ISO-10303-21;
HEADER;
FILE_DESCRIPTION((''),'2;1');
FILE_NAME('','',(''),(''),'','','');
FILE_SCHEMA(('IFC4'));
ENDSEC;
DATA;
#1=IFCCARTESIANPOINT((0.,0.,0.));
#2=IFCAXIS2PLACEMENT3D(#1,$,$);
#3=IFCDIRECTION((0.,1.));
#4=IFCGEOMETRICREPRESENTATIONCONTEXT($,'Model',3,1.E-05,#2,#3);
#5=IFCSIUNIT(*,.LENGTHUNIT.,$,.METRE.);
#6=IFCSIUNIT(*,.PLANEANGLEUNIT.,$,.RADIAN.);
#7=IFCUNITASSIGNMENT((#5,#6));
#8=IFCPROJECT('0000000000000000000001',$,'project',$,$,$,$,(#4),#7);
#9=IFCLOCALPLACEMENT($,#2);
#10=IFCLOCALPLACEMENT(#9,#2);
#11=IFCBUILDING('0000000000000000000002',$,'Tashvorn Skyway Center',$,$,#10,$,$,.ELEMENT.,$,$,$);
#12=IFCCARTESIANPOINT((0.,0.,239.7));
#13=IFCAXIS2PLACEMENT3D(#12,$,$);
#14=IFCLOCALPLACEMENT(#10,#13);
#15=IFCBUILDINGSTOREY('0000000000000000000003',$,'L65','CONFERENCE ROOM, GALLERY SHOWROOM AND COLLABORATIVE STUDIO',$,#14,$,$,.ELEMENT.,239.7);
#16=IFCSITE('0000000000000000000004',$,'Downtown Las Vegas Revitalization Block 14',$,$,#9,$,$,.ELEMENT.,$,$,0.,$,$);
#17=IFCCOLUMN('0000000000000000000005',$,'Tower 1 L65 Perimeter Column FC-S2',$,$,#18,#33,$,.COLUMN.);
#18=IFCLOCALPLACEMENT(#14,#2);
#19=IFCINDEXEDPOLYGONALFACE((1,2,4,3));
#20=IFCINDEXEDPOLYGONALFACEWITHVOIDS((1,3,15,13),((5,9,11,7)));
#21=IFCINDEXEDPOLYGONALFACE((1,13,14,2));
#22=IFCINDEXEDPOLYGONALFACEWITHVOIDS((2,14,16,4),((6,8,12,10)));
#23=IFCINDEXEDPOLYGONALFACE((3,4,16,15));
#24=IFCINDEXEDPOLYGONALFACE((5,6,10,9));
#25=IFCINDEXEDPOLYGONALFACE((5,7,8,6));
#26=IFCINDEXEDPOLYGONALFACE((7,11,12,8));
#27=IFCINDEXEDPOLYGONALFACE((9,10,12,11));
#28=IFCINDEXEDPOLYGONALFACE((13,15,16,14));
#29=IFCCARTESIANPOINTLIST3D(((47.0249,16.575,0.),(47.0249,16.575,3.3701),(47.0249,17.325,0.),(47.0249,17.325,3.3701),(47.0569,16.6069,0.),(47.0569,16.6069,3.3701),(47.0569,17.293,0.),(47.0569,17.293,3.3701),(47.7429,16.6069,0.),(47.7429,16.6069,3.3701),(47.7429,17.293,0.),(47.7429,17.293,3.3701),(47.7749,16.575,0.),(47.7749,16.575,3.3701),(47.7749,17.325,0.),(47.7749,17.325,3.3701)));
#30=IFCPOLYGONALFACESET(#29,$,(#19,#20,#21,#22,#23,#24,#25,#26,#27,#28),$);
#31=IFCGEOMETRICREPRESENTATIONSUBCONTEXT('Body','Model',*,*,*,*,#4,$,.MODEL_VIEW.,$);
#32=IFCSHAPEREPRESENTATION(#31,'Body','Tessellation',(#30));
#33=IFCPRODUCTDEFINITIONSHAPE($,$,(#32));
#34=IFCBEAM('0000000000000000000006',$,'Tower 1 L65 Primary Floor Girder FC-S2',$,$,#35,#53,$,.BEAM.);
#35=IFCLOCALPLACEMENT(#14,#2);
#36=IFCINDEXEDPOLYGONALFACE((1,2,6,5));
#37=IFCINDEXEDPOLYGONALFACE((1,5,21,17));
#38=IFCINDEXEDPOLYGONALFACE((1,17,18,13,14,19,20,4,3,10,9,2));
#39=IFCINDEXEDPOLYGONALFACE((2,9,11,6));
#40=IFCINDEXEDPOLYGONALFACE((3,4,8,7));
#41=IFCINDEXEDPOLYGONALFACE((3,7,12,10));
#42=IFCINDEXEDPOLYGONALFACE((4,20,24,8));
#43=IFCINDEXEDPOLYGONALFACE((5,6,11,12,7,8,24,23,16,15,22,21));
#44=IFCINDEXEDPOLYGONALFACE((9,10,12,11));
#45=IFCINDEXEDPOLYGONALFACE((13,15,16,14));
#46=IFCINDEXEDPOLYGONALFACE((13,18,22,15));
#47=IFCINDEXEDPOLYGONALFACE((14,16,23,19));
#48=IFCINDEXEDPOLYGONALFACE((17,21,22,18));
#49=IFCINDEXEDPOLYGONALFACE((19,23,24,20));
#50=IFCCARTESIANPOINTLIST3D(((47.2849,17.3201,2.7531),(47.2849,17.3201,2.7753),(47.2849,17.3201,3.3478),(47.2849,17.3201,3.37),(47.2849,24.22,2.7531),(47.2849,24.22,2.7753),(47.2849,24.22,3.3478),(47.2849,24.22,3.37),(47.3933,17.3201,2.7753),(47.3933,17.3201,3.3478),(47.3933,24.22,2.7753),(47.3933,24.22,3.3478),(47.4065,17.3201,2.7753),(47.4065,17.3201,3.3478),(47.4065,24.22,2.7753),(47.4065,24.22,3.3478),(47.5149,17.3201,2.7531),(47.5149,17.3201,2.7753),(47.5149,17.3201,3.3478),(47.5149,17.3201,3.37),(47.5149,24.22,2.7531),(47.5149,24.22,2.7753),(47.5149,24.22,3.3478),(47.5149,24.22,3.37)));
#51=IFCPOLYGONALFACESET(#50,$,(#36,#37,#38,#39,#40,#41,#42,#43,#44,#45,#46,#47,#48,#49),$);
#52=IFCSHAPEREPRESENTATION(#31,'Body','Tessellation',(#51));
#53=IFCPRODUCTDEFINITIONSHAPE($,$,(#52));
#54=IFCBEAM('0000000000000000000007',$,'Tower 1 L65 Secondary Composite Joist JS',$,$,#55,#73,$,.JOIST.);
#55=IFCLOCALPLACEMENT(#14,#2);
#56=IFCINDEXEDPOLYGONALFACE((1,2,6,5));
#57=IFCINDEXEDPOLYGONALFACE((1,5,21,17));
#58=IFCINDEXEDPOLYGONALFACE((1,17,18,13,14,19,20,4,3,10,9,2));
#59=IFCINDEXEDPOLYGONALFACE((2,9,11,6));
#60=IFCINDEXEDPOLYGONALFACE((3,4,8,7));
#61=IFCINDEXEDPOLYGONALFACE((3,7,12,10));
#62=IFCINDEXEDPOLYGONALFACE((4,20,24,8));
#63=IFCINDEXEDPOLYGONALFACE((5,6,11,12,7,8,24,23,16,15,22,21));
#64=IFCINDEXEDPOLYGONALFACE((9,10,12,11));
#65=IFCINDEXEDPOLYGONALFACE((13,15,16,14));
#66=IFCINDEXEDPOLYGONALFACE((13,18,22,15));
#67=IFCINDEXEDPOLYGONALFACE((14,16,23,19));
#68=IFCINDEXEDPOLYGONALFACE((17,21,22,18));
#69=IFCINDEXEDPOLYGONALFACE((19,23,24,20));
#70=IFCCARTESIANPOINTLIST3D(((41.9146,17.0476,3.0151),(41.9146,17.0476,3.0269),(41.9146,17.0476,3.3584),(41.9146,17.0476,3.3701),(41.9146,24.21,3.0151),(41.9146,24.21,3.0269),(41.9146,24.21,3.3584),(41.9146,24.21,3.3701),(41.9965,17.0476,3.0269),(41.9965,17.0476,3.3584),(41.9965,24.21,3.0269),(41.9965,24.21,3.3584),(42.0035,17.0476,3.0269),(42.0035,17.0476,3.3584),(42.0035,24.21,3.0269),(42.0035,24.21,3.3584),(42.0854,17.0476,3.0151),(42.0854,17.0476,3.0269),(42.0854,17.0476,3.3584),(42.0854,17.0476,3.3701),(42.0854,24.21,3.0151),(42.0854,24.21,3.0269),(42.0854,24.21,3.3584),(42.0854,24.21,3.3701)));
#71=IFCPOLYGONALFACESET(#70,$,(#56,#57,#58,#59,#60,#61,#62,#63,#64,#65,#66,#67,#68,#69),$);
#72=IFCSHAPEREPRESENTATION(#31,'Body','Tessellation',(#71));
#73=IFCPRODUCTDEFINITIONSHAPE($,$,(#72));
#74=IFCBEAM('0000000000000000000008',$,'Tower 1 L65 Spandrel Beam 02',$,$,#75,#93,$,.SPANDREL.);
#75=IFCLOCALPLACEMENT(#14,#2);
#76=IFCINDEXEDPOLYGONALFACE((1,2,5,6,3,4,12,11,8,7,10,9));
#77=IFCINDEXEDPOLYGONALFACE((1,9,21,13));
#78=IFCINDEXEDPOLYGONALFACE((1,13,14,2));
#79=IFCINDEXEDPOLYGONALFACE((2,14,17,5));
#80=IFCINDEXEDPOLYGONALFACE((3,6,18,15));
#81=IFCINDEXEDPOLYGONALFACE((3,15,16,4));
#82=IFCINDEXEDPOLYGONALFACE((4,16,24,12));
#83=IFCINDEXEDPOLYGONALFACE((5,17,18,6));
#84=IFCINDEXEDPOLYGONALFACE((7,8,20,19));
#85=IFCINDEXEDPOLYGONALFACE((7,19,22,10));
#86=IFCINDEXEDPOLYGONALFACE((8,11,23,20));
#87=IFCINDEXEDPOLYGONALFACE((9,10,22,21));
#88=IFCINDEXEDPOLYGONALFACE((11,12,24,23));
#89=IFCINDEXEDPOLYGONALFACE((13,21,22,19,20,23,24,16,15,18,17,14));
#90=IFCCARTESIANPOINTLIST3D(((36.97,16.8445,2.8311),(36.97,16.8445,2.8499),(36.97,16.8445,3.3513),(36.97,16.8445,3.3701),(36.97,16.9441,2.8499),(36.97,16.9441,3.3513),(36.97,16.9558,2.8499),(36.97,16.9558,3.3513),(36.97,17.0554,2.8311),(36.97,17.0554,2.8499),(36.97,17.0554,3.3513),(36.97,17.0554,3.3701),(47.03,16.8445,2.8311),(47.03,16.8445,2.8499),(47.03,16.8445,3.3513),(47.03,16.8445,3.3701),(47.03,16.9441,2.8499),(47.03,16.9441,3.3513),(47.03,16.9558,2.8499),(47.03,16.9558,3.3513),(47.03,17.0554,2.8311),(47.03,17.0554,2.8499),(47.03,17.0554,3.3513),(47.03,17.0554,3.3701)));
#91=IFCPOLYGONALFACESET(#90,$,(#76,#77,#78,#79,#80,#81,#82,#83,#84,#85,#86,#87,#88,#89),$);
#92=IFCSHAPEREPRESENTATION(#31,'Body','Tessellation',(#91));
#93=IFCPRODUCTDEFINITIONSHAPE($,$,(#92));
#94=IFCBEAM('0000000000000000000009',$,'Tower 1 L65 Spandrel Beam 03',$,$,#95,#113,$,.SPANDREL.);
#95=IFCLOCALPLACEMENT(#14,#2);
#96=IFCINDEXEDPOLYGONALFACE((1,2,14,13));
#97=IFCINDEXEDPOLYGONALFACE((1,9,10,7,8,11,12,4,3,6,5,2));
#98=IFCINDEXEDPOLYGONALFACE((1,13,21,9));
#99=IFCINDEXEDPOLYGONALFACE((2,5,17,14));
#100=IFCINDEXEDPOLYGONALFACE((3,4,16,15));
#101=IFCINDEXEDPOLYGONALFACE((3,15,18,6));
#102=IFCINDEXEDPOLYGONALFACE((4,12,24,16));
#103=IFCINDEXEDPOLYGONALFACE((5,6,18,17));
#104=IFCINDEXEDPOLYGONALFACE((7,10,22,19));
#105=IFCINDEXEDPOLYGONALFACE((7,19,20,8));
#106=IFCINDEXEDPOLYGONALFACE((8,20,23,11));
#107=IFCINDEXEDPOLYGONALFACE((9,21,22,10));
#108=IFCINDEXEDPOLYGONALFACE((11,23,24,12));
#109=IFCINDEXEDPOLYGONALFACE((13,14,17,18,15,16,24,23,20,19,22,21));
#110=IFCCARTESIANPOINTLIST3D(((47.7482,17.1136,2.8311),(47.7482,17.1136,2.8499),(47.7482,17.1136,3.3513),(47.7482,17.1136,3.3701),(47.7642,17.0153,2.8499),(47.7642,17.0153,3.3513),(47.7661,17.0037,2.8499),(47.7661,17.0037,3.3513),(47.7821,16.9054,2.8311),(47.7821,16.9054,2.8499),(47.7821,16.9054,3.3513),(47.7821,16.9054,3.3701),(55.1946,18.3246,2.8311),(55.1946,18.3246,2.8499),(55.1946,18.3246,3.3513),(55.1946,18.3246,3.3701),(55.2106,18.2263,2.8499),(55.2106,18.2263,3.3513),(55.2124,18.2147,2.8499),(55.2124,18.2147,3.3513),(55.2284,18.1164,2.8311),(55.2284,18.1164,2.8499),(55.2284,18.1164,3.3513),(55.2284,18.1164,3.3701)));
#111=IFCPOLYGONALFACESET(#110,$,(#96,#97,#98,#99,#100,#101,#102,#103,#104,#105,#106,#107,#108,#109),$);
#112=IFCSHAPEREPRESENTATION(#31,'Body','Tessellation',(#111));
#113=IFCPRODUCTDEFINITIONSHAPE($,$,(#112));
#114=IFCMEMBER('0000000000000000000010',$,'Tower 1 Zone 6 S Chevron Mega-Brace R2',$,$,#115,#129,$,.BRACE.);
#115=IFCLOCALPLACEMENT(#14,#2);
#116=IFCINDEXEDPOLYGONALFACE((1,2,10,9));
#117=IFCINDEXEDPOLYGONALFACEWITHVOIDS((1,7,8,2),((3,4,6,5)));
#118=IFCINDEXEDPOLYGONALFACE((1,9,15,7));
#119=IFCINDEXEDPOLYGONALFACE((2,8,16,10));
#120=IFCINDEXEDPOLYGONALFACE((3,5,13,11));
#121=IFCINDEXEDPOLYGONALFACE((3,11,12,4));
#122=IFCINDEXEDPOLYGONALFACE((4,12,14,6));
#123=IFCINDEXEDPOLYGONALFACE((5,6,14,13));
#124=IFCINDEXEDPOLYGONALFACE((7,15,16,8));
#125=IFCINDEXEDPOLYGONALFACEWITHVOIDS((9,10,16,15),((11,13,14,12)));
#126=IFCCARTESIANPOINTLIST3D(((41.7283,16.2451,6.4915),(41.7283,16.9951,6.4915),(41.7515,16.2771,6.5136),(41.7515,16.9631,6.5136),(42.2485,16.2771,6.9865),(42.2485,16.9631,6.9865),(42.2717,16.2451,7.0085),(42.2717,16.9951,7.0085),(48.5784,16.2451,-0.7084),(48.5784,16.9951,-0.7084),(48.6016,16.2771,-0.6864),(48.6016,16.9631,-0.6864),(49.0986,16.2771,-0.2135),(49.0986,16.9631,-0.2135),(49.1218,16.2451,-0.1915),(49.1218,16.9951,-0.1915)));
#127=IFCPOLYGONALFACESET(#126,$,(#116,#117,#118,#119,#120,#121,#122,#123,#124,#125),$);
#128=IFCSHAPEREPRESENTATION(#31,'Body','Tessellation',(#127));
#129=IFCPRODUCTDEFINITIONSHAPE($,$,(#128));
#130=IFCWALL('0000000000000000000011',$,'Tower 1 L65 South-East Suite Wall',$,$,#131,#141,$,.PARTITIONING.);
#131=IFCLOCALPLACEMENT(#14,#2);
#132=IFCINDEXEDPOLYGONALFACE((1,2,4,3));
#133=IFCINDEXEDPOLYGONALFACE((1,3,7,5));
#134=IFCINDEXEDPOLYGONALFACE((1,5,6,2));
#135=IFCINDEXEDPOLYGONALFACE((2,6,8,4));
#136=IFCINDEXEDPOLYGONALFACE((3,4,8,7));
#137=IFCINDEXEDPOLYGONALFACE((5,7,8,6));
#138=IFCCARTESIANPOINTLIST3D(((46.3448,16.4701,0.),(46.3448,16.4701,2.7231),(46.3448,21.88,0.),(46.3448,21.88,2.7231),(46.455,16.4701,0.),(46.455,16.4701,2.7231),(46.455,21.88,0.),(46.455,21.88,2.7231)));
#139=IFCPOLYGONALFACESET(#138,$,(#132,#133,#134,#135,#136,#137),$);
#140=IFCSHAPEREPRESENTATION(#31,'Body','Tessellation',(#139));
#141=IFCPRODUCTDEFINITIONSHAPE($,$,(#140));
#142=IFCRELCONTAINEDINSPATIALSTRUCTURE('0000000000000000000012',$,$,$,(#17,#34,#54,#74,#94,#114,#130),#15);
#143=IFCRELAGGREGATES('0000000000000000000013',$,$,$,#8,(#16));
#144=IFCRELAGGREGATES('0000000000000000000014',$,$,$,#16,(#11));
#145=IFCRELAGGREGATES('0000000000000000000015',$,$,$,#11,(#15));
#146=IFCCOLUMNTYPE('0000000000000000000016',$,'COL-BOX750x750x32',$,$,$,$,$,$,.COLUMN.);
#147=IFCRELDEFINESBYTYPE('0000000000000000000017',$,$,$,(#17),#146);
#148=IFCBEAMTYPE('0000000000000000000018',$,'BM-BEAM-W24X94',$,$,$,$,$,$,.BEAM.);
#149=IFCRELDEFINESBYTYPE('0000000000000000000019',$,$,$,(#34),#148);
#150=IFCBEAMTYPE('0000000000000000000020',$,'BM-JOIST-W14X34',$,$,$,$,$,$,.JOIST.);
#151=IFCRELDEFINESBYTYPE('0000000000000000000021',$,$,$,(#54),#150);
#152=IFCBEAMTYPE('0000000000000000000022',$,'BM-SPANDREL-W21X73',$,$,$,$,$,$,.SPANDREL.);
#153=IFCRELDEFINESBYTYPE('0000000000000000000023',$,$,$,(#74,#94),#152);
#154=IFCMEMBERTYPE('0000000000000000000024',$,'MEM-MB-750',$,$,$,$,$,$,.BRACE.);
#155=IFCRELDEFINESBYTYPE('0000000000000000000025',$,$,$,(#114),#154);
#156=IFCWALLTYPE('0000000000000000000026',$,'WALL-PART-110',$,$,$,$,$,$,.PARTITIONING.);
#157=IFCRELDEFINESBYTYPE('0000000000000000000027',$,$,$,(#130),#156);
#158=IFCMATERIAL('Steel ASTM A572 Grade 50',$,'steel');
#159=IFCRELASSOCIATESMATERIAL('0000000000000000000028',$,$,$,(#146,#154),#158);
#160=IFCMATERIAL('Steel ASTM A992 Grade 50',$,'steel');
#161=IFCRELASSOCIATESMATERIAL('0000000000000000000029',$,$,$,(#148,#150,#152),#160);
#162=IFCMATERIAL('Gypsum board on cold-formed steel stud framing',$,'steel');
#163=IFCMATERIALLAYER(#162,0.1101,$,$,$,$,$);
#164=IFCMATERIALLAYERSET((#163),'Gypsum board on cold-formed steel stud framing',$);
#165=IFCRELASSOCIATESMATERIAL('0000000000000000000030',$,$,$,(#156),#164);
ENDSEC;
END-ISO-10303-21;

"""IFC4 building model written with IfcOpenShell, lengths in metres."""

from ifc_helpers import new_model, si_unit, direction, frame, frame_2d, origin, origin_2d, place, context, subcontext, project, spatial, rectangle, hollow_rectangle, i_section, extrude, material, layer, layer_set, material_profile, profile_set, type_object, element, save


model = new_model("IFC4")

# Units and contexts
model_context = context("Model", 3, precision=1e-05, world=origin(), true_north=direction((0.0, 1.0)))
body_context = subcontext(model_context, "Body", "Model", "MODEL_VIEW")
ifc_project = project(units=[si_unit("LENGTHUNIT", "METRE"), si_unit("PLANEANGLEUNIT", "RADIAN")], contexts=[model_context])

# Site, building, storey
site_placement = place(None, origin())
site = spatial("IfcSite", under=ifc_project, at=site_placement, Name="Downtown Las Vegas Revitalization Block 14", CompositionType="ELEMENT", RefElevation=0.0)
building_placement = place(site_placement, origin())
building = spatial("IfcBuilding", under=site, at=building_placement, Name="Tashvorn Skyway Center", CompositionType="ELEMENT")
storey_placement = place(building_placement, frame((0.0, 0.0, 239.7)))
storey = spatial("IfcBuildingStorey", under=building, at=storey_placement, Name="L65", Description="CONFERENCE ROOM, GALLERY SHOWROOM AND COLLABORATIVE STUDIO", CompositionType="ELEMENT", Elevation=239.7)

# Column
ifc_material_1 = material(Name="Steel ASTM A572 Grade 50", Category="steel")
ifc_material_profile_1 = material_profile(ifc_material_1, hollow_rectangle(XDim=0.75, YDim=0.75, WallThickness=0.032, at=origin_2d()), Name="BOX750x750x32")
ifc_profile_set_1 = profile_set([ifc_material_profile_1], Name="Steel ASTM A572 Grade 50")
column_type = type_object("IfcColumnType", Name="COL-BOX750x750x32", PredefinedType="COLUMN", material=ifc_profile_set_1)
column_placement = place(storey_placement, frame((47.3999, 16.95, 0.0), z_axis=(0.0, 0.0, 1.0), x_axis=(1.0, 0.0, 0.0)))
element("IfcColumn", 1, at=column_placement, inside=storey, type_object=column_type, Name="Tower 1 L65 Perimeter Column FC-S2", PredefinedType="COLUMN", context=body_context, shape_type="SweptSolid", body=[
    extrude(hollow_rectangle(XDim=0.75, YDim=0.75, WallThickness=0.032, at=origin_2d()), origin(), (0.0, 0.0, 1.0), 3.3701),
])

# Beams
ifc_material_2 = material(Name="Steel ASTM A992 Grade 50", Category="steel")
ifc_material_profile_2 = material_profile(ifc_material_2, i_section(OverallWidth=0.23, OverallDepth=0.6169, WebThickness=0.0132, FlangeThickness=0.0222, at=origin_2d()), Name="W24X94")
ifc_profile_set_2 = profile_set([ifc_material_profile_2], Name="Steel ASTM A992 Grade 50")
beam_type_1 = type_object("IfcBeamType", Name="BM-BEAM-W24X94", PredefinedType="BEAM", material=ifc_profile_set_2)
beam_1_placement = place(storey_placement, frame((47.3999, 17.3201, 3.0615), z_axis=(0.0, 1.0, 0.0), x_axis=(-1.0, 0.0, 0.0)))
element("IfcBeam", 2, at=beam_1_placement, inside=storey, type_object=beam_type_1, Name="Tower 1 L65 Primary Floor Girder FC-S2", PredefinedType="BEAM", context=body_context, shape_type="SweptSolid", body=[
    extrude(i_section(OverallWidth=0.23, OverallDepth=0.6169, WebThickness=0.0132, FlangeThickness=0.0222, at=origin_2d()), origin(), (0.0, 0.0, 1.0), 6.8999),
])
ifc_material_profile_3 = material_profile(ifc_material_2, i_section(OverallWidth=0.1709, OverallDepth=0.355, WebThickness=0.0071, FlangeThickness=0.0117, at=origin_2d()), Name="W14X34")
ifc_profile_set_3 = profile_set([ifc_material_profile_3], Name="Steel ASTM A992 Grade 50")
beam_type_2 = type_object("IfcBeamType", Name="BM-JOIST-W14X34", PredefinedType="JOIST", material=ifc_profile_set_3)
beam_2_placement = place(storey_placement, frame((42.0, 24.21, 3.1926), z_axis=(0.0, -1.0, 0.0), x_axis=(1.0, 0.0, 0.0)))
element("IfcBeam", 3, at=beam_2_placement, inside=storey, type_object=beam_type_2, Name="Tower 1 L65 Secondary Composite Joist JS", PredefinedType="JOIST", context=body_context, shape_type="SweptSolid", body=[
    extrude(i_section(OverallWidth=0.1709, OverallDepth=0.355, WebThickness=0.0071, FlangeThickness=0.0117, at=origin_2d()), origin(), (0.0, 0.0, 1.0), 7.1624),
])
ifc_material_profile_4 = material_profile(ifc_material_2, i_section(OverallWidth=0.2109, OverallDepth=0.5391, WebThickness=0.0117, FlangeThickness=0.0188, at=origin_2d()), Name="W21X73")
ifc_profile_set_4 = profile_set([ifc_material_profile_4], Name="Steel ASTM A992 Grade 50")
beam_type_3 = type_object("IfcBeamType", Name="BM-SPANDREL-W21X73", PredefinedType="SPANDREL", material=ifc_profile_set_4)
beam_3_placement = place(storey_placement, frame((36.97, 16.95, 3.1006), z_axis=(1.0, 0.0, 0.0), x_axis=(0.0, 1.0, 0.0)))
element("IfcBeam", 4, at=beam_3_placement, inside=storey, type_object=beam_type_3, Name="Tower 1 L65 Spandrel Beam 02", PredefinedType="SPANDREL", context=body_context, shape_type="SweptSolid", body=[
    extrude(i_section(OverallWidth=0.2109, OverallDepth=0.5391, WebThickness=0.0117, FlangeThickness=0.0188, at=origin_2d()), origin(), (0.0, 0.0, 1.0), 10.0601),
])
beam_4_placement = place(storey_placement, frame((47.7651, 17.0095, 3.1006), z_axis=(0.987034, 0.160514, 0.0), x_axis=(-0.160514, 0.987034, 0.0)))
element("IfcBeam", 5, at=beam_4_placement, inside=storey, type_object=beam_type_3, Name="Tower 1 L65 Spandrel Beam 03", PredefinedType="SPANDREL", context=body_context, shape_type="SweptSolid", body=[
    extrude(i_section(OverallWidth=0.2109, OverallDepth=0.5391, WebThickness=0.0117, FlangeThickness=0.0188, at=origin_2d()), origin(), (0.0, 0.0, 1.0), 7.5442),
])

# Member
ifc_material_profile_5 = material_profile(ifc_material_1, hollow_rectangle(XDim=0.75, YDim=0.75, WallThickness=0.032, at=origin_2d()), Name="BOX750x750x32")
ifc_profile_set_5 = profile_set([ifc_material_profile_5], Name="Steel ASTM A572 Grade 50")
member_type = type_object("IfcMemberType", Name="MEM-MB-750", PredefinedType="BRACE", material=ifc_profile_set_5)
member_placement = place(storey_placement, frame((48.8501, 16.6201, -0.45), z_axis=(-0.689286, 0.0, 0.72449), x_axis=(0.0, -1.0, 0.0)))
element("IfcMember", 6, at=member_placement, inside=storey, type_object=member_type, Name="Tower 1 Zone 6 S Chevron Mega-Brace R2", PredefinedType="BRACE", context=body_context, shape_type="SweptSolid", body=[
    extrude(hollow_rectangle(XDim=0.75, YDim=0.75, WallThickness=0.032, at=origin_2d()), origin(), (0.0, 0.0, 1.0), 9.938),
])

# Wall
ifc_material_3 = material(Name="Gypsum board on cold-formed steel stud framing", Category="steel")
ifc_layer_1 = layer(ifc_material_3, 0.1101)
ifc_layer_set_1 = layer_set([ifc_layer_1], Name="Gypsum board on cold-formed steel stud framing")
wall_type_1 = type_object("IfcWallType", Name="WALL-PART-110", PredefinedType="PARTITIONING", material=ifc_layer_set_1)
wall_1_placement = place(storey_placement, frame((46.3999, 16.47, 0.0), z_axis=(0.0, 0.0, 1.0), x_axis=(0.0, 1.0, 0.0)))
element("IfcWall", 7, at=wall_1_placement, inside=storey, type_object=wall_type_1, Name="Tower 1 L65 South-East Suite Wall", PredefinedType="PARTITIONING", context=body_context, shape_type="SweptSolid", body=[
    extrude(rectangle(XDim=5.4099, YDim=0.1101, at=frame_2d((2.7051, 0.0))), origin(), (0.0, 0.0, 1.0), 2.7231),
])

save(model, "model.ifc")
